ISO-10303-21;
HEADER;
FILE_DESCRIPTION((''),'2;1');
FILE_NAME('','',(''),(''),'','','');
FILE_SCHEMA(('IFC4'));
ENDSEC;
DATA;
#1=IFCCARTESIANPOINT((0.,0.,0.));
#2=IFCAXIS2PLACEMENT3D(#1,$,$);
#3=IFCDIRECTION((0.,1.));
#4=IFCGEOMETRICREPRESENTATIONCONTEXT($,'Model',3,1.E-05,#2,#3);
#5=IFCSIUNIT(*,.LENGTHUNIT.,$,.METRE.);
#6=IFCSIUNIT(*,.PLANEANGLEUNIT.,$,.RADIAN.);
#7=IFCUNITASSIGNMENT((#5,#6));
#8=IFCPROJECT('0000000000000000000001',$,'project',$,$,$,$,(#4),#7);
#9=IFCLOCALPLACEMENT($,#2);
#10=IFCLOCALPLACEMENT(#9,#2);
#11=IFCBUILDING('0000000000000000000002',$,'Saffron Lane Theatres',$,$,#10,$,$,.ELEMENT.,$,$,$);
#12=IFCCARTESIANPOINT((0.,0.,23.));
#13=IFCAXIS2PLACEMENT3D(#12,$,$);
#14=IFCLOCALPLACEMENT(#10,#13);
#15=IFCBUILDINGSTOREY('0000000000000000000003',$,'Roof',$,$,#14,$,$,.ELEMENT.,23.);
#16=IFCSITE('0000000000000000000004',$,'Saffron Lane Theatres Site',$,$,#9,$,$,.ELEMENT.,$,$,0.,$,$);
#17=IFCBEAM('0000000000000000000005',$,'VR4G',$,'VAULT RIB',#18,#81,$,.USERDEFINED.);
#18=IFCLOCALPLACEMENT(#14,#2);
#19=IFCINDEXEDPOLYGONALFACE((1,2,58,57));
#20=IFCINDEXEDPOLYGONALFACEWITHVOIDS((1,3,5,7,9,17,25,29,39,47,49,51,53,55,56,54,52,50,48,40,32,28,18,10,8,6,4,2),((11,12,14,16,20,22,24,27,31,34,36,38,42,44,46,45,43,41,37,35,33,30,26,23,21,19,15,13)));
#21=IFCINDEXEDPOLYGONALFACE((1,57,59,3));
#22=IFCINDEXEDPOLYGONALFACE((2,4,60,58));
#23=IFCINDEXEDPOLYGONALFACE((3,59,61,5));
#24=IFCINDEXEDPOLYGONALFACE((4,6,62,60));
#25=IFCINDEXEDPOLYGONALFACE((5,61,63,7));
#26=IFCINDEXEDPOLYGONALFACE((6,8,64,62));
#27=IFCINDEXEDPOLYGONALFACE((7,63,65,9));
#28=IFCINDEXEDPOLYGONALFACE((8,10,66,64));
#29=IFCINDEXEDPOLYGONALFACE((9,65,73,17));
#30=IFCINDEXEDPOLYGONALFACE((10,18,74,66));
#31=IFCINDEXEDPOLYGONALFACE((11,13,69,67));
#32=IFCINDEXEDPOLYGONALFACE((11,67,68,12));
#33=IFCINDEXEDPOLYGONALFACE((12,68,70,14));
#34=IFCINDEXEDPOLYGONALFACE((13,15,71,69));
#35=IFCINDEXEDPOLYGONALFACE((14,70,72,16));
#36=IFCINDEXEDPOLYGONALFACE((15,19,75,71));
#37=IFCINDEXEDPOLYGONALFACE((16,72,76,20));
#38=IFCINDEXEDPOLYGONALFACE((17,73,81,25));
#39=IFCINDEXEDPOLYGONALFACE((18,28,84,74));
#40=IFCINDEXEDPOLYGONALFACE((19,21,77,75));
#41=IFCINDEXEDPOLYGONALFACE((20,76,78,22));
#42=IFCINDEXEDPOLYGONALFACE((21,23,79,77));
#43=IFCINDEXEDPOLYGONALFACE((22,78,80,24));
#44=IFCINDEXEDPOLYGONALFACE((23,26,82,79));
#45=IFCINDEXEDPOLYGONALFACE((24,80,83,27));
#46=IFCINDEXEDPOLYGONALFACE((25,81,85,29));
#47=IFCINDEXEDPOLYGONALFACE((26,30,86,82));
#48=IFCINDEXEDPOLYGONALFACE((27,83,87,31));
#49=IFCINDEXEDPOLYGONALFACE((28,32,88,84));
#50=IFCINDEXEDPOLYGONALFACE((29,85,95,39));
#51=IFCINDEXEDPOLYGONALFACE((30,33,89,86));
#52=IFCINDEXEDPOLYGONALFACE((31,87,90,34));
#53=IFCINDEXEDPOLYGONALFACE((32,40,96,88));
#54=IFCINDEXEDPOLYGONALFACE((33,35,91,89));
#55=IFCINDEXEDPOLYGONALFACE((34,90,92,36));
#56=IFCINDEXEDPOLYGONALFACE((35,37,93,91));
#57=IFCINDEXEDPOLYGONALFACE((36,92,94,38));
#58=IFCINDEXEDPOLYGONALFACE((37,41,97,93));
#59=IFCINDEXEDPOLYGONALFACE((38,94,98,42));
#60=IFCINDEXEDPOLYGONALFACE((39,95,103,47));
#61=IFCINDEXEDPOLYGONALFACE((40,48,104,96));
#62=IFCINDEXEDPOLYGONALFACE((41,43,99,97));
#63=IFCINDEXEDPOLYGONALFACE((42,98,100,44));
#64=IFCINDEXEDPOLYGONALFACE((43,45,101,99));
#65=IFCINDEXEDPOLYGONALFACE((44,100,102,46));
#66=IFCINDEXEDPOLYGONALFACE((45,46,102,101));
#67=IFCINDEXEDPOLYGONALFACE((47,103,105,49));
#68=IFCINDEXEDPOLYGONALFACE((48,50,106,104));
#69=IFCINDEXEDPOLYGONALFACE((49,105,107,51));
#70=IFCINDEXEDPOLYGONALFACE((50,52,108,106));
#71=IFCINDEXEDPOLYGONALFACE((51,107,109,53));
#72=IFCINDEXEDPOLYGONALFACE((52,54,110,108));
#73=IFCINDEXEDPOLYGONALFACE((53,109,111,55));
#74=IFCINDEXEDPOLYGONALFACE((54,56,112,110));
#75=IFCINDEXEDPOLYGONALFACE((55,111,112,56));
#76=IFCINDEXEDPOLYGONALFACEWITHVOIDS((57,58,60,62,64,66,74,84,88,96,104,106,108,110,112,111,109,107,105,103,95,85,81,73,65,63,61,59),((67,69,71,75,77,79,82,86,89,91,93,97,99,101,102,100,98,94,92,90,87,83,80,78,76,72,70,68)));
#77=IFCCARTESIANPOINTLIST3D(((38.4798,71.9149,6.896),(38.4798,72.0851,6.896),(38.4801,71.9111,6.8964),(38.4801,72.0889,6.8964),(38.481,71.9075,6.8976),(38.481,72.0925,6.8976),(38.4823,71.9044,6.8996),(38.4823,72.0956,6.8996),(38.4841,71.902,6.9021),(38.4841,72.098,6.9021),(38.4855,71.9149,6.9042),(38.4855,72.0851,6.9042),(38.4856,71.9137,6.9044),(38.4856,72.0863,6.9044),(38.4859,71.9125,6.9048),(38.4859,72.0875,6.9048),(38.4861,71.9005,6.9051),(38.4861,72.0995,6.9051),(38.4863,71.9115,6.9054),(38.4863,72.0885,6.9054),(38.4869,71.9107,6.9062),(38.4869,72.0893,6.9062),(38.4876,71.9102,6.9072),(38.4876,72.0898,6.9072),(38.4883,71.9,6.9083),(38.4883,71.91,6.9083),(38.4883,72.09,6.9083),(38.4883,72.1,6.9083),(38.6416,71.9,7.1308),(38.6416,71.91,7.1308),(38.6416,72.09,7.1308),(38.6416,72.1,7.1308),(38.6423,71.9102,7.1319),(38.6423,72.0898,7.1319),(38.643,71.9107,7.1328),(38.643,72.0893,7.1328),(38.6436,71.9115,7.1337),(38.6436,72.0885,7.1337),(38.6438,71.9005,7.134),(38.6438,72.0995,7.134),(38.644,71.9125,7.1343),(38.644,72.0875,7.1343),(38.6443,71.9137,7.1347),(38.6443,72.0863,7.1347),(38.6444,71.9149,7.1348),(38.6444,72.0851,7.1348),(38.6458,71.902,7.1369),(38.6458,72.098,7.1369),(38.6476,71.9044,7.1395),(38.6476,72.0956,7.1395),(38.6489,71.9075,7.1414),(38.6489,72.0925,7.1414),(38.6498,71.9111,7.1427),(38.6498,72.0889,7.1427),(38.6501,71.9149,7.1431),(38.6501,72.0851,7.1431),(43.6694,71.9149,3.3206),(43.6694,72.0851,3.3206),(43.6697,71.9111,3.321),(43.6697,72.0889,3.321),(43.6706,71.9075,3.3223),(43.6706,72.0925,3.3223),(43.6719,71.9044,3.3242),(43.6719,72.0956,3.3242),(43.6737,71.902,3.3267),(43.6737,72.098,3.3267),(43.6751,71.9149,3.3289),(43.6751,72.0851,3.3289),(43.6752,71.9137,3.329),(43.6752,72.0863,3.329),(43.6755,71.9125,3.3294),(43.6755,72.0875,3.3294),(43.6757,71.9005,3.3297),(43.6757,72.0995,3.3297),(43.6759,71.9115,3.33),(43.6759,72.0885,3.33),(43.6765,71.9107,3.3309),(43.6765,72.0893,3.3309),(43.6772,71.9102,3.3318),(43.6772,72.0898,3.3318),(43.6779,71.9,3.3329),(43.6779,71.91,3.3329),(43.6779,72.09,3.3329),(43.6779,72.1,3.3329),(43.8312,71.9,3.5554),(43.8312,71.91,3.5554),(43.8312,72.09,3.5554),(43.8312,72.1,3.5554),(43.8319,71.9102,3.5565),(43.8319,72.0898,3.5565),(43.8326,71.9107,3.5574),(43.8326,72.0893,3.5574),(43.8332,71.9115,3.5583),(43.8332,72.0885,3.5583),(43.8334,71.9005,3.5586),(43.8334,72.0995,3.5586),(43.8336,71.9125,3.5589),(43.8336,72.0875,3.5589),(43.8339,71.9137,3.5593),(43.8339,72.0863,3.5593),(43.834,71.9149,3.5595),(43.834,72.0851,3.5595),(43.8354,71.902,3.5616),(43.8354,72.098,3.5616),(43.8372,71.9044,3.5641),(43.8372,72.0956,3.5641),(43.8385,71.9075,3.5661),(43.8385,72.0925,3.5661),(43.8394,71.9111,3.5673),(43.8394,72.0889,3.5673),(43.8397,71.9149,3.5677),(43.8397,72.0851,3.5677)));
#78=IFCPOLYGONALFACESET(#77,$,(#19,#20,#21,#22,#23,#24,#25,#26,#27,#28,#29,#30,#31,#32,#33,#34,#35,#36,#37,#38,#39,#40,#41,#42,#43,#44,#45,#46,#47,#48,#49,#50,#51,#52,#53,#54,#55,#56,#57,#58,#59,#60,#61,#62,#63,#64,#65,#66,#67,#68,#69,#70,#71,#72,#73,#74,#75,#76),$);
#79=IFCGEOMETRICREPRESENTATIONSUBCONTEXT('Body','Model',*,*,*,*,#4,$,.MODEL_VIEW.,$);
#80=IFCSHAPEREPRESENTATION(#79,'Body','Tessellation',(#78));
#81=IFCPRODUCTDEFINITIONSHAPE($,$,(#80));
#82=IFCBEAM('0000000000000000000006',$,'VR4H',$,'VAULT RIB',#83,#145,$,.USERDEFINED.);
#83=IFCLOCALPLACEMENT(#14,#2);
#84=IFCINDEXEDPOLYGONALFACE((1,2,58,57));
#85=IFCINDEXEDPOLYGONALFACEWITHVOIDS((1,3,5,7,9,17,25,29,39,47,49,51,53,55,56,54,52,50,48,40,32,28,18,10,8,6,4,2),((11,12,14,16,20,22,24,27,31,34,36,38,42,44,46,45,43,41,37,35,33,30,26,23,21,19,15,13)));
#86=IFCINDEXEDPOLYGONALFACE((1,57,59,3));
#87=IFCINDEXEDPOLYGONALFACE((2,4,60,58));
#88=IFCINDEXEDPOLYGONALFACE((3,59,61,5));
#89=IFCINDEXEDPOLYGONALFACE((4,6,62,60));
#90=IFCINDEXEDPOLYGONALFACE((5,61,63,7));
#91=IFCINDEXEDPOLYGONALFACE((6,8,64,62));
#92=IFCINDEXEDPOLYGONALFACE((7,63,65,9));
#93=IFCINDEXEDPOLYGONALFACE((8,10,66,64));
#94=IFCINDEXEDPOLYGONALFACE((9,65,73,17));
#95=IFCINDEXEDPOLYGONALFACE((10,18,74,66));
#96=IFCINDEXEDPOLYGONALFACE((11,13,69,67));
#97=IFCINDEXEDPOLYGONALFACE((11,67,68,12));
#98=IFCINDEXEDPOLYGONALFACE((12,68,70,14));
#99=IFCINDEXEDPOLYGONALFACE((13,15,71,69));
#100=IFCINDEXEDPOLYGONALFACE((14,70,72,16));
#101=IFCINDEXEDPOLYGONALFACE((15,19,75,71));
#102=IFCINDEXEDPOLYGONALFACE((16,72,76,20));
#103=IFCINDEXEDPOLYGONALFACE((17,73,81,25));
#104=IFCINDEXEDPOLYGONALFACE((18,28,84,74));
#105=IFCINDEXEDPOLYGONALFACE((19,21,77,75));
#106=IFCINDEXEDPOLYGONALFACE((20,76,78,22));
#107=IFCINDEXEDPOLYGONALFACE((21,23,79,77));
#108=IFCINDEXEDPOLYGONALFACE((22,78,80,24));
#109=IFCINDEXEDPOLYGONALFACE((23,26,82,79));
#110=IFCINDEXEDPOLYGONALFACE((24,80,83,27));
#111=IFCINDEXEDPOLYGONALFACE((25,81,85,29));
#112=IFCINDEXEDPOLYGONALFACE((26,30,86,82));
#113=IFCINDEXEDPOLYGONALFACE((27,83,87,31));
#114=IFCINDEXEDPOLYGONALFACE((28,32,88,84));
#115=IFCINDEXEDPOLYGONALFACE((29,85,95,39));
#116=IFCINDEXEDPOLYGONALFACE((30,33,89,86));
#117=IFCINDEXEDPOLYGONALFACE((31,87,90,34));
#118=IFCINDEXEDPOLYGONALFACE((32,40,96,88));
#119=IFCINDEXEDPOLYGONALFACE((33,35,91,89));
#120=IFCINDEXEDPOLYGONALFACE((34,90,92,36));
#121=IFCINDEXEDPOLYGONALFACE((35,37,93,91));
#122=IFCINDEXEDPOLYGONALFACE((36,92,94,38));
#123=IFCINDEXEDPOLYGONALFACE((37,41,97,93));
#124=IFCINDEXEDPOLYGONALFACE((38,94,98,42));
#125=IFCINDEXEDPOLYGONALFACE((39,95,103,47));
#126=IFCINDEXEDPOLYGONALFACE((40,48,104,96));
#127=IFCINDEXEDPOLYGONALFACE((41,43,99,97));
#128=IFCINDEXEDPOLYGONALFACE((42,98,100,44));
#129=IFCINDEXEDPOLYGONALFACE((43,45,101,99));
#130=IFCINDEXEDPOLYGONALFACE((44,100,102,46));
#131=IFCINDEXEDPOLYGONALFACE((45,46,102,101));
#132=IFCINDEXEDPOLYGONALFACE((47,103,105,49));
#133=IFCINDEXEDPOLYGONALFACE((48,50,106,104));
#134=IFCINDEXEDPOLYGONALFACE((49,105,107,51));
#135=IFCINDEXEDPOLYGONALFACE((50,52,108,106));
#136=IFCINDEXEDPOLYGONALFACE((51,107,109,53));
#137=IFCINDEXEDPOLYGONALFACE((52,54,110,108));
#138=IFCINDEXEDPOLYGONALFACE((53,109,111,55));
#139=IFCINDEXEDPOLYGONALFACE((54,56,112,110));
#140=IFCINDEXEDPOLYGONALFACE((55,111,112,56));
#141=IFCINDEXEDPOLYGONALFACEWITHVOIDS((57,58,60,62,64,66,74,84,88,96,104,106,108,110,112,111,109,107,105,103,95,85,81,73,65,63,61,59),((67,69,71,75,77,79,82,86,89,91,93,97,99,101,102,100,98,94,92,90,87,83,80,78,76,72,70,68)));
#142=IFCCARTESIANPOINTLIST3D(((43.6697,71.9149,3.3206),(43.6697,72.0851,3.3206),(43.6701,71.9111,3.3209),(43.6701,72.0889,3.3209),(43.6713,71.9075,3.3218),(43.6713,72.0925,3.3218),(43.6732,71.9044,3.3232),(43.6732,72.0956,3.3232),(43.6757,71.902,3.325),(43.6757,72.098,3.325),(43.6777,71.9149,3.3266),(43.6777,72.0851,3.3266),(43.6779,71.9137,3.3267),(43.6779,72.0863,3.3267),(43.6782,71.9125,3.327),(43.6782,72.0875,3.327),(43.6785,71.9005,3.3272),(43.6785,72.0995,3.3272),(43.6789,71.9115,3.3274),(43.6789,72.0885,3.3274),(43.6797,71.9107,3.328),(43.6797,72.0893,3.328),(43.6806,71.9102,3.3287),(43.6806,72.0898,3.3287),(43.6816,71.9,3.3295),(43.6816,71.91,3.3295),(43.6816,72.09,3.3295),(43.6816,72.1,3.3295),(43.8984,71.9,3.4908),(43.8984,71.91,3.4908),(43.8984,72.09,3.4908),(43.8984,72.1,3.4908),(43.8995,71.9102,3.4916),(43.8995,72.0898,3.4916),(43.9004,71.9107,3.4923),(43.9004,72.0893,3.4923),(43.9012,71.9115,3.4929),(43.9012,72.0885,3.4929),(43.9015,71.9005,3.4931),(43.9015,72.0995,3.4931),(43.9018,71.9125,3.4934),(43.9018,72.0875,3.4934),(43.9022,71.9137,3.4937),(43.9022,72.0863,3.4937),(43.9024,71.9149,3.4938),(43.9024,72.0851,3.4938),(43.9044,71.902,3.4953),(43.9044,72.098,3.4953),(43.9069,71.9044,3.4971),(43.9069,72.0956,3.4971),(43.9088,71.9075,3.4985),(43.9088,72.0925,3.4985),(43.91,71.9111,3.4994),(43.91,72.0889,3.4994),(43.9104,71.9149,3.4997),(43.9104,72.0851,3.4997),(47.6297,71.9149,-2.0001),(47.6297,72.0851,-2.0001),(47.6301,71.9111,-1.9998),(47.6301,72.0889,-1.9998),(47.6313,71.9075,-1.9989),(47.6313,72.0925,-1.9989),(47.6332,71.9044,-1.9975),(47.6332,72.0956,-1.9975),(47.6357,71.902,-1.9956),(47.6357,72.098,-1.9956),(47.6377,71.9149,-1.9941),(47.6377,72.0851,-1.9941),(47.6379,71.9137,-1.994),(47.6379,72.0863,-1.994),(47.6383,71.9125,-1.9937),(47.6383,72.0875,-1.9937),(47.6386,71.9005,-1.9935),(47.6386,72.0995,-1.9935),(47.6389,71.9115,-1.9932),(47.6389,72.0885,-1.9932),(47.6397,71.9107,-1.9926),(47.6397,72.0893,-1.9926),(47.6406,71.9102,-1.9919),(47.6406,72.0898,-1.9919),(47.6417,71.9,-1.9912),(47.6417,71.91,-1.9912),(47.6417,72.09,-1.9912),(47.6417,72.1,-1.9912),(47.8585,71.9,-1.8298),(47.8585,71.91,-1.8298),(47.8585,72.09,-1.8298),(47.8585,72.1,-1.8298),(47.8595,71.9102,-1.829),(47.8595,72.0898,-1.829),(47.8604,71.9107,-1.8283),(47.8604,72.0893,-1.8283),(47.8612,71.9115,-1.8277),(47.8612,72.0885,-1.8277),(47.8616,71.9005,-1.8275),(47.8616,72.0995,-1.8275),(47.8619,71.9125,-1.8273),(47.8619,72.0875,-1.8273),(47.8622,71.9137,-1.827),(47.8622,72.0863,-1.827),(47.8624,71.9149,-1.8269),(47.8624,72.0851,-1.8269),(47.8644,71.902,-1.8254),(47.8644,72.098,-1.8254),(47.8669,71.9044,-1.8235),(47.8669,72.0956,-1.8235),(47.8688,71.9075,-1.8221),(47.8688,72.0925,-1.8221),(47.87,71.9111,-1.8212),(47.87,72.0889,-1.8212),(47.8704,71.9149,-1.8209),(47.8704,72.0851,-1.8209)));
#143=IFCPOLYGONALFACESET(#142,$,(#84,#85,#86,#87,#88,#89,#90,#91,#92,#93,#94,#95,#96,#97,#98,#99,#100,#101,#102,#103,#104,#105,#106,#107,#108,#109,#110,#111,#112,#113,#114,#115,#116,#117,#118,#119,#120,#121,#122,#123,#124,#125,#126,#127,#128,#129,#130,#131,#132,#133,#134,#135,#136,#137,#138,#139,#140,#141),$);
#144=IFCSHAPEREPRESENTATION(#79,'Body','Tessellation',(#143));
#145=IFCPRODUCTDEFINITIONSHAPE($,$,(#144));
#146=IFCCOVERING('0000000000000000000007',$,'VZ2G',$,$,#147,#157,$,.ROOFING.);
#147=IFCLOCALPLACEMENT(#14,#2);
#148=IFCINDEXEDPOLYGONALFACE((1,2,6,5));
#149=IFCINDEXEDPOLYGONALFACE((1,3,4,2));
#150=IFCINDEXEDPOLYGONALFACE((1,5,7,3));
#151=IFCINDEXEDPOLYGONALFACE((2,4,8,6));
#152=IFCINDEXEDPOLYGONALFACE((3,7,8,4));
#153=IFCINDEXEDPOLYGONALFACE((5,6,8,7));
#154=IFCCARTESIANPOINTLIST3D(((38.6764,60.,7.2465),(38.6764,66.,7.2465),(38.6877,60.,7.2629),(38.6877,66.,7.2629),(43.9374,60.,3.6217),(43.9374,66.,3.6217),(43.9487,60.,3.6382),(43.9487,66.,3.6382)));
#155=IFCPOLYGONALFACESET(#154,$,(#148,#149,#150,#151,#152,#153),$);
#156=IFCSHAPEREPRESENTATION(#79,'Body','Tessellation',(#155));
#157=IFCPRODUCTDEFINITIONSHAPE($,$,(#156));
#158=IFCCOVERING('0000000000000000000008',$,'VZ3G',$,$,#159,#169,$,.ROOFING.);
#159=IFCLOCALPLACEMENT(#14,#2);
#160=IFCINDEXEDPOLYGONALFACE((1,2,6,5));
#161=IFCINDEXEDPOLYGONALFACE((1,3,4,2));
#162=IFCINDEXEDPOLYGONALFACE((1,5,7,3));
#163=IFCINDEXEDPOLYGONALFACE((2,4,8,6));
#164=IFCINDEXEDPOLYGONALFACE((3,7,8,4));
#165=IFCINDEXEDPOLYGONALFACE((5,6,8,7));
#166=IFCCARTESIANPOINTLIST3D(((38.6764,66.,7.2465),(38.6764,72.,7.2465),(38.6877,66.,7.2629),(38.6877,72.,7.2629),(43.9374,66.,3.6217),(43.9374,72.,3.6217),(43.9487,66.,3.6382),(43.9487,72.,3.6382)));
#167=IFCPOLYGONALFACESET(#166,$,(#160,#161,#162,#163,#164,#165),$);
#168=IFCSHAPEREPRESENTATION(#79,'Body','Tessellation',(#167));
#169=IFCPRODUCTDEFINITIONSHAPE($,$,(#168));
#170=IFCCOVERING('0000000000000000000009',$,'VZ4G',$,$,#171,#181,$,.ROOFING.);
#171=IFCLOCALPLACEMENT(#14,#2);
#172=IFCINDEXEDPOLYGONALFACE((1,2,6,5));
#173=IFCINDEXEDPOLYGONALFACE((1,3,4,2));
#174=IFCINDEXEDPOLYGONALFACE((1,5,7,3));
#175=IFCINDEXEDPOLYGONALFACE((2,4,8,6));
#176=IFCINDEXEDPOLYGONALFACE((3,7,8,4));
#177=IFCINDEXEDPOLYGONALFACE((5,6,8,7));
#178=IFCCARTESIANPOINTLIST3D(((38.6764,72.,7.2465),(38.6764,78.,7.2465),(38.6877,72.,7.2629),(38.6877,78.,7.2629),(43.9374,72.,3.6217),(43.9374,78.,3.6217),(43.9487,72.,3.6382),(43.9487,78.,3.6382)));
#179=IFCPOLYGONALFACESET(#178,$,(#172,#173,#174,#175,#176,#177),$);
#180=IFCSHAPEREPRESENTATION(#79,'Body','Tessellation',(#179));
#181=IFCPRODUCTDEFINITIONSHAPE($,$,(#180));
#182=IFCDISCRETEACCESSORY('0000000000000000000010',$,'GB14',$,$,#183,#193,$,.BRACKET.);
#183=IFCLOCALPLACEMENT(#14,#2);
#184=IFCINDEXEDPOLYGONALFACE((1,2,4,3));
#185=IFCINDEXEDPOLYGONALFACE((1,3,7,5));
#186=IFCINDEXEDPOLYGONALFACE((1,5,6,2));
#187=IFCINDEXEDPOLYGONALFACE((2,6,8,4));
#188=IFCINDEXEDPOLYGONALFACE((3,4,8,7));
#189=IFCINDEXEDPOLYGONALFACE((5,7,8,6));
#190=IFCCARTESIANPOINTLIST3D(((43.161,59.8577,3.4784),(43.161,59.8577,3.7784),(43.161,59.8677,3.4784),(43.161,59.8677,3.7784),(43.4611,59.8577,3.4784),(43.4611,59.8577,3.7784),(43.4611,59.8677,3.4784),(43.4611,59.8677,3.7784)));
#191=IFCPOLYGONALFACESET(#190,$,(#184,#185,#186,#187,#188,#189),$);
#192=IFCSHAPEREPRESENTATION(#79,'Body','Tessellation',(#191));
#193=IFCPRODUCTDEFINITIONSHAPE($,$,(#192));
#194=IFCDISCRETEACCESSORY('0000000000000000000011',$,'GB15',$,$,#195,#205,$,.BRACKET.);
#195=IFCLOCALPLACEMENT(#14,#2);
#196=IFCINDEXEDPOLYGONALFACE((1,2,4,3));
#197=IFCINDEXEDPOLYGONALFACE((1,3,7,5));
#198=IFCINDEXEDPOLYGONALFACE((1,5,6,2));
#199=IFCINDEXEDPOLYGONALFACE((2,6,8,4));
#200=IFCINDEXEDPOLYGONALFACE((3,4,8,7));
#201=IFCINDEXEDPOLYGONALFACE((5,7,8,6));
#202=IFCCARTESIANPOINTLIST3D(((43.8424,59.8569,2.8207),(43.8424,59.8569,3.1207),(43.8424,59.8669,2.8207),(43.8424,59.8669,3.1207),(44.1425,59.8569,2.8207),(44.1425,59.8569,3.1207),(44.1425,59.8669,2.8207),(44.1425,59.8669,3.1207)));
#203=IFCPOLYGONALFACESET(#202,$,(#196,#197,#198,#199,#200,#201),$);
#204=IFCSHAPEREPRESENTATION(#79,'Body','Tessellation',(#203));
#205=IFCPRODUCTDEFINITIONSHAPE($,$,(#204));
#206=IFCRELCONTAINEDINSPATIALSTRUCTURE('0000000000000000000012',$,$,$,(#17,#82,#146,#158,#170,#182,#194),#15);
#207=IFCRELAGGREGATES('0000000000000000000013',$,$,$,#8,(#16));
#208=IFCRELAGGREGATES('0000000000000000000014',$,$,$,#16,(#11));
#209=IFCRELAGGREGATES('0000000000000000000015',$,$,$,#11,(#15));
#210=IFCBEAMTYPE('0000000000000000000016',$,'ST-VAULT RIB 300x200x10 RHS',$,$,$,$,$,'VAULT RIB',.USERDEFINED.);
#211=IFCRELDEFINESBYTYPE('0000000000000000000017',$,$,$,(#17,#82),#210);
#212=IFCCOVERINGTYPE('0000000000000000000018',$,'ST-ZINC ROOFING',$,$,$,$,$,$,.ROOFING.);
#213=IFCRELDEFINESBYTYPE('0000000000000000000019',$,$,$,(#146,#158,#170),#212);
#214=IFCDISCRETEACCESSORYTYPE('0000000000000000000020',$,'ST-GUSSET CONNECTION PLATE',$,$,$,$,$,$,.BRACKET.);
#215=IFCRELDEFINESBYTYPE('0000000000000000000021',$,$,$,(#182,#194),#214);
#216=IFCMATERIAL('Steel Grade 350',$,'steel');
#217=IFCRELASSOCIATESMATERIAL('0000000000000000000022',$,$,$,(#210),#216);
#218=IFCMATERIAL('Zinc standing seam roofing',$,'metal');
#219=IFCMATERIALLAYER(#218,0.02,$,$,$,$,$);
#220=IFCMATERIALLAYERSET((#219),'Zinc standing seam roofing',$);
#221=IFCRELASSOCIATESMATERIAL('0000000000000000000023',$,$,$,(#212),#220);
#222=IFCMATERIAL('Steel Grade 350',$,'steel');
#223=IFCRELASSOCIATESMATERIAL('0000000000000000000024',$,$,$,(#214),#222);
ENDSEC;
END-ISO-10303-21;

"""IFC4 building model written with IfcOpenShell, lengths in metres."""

from ifc_helpers import new_model, si_unit, direction, frame, origin, origin_2d, place, context, subcontext, project, spatial, polyline, rectangle, hollow_rectangle, outline, extrude, material, layer, layer_set, material_profile, profile_set, type_object, element, save


model = new_model("IFC4")

# Units and contexts
model_context = context("Model", 3, precision=1e-05, world=origin(), true_north=direction((0.0, 1.0)))
body_context = subcontext(model_context, "Body", "Model", "MODEL_VIEW")
ifc_project = project(units=[si_unit("LENGTHUNIT", "METRE"), si_unit("PLANEANGLEUNIT", "RADIAN")], contexts=[model_context])

# Site, building, storey
site_placement = place(None, origin())
site = spatial("IfcSite", under=ifc_project, at=site_placement, Name="Saffron Lane Theatres Site", CompositionType="ELEMENT", RefElevation=0.0)
building_placement = place(site_placement, origin())
building = spatial("IfcBuilding", under=site, at=building_placement, Name="Saffron Lane Theatres", CompositionType="ELEMENT")
storey_placement = place(building_placement, frame((0.0, 0.0, 23.0)))
storey = spatial("IfcBuildingStorey", under=building, at=storey_placement, Name="Roof", CompositionType="ELEMENT", Elevation=23.0)

# Beams
ifc_material_1 = material(Name="Steel Grade 350", Category="steel")
ifc_material_profile_1 = material_profile(ifc_material_1, hollow_rectangle(XDim=0.2, YDim=0.3, WallThickness=0.01, InnerFilletRadius=0.0049, OuterFilletRadius=0.0149, at=origin_2d()))
ifc_profile_set_1 = profile_set([ifc_material_profile_1], Name="Steel Grade 350")
beam_type = type_object("IfcBeamType", Name="ST-VAULT RIB 300x200x10 RHS", ElementType="VAULT RIB", PredefinedType="USERDEFINED", material=ifc_profile_set_1)
beam_1_placement = place(storey_placement, frame((38.5649, 72.0, 7.0195), z_axis=(0.823484, 0.0, -0.567339), x_axis=(0.0, 1.0, 0.0)))
element("IfcBeam", 1, at=beam_1_placement, inside=storey, type_object=beam_type, Name="VR4G", ObjectType="VAULT RIB", PredefinedType="USERDEFINED", context=body_context, shape_type="SweptSolid", body=[
    extrude(hollow_rectangle(XDim=0.2, YDim=0.3, WallThickness=0.01, InnerFilletRadius=0.0049, OuterFilletRadius=0.0149, at=origin_2d()), origin(), (0.0, 0.0, 1.0), 6.302),
])
beam_2_placement = place(storey_placement, frame((43.79, 72.0, 3.4102), z_axis=(0.597057, 0.0, -0.802199), x_axis=(0.0, 1.0, 0.0)))
element("IfcBeam", 2, at=beam_2_placement, inside=storey, type_object=beam_type, Name="VR4H", ObjectType="VAULT RIB", PredefinedType="USERDEFINED", context=body_context, shape_type="SweptSolid", body=[
    extrude(hollow_rectangle(XDim=0.2, YDim=0.3, WallThickness=0.01, InnerFilletRadius=0.0049, OuterFilletRadius=0.0149, at=origin_2d()), origin(), (0.0, 0.0, 1.0), 6.6326),
])

# Coverings
ifc_material_2 = material(Name="Zinc standing seam roofing", Category="metal")
ifc_layer = layer(ifc_material_2, 0.02)
ifc_layer_set = layer_set([ifc_layer], Name="Zinc standing seam roofing")
covering_type = type_object("IfcCoveringType", Name="ST-ZINC ROOFING", PredefinedType="ROOFING", material=ifc_layer_set)
for number, where, z_axis, x_axis, name in (
    (3, (38.6877, 60.0, 7.2629), (0.567361, 0.0, 0.82347), (0.82347, 0.0, -0.567361), "VZ2G"),
    (4, (38.6877, 66.0, 7.2629), (0.567361, 0.0, 0.82347), (0.82347, 0.0, -0.567361), "VZ3G"),
    (5, (38.6877, 72.0, 7.2629), (0.567361, 0.0, 0.82347), (0.82347, 0.0, -0.567361), "VZ4G"),
):
    element("IfcCovering", number, at=place(storey_placement, frame(where, z_axis=z_axis, x_axis=x_axis)), inside=storey, type_object=covering_type, Name=name, PredefinedType="ROOFING", context=body_context, shape_type="SweptSolid", body=[
        extrude(outline(polyline([(0.0, 0.0), (6.3888, 0.0), (6.3888, 6.0), (0.0, 6.0), (0.0, 0.0)])), origin(), (0.0, 0.0, -1.0), 0.02),
    ])

# Discrete accessories
ifc_material_3 = material(Name="Steel Grade 350", Category="steel")
ifc_material_profile_2 = material_profile(ifc_material_3, rectangle(XDim=0.3, YDim=0.3, at=origin_2d()))
ifc_profile_set_2 = profile_set([ifc_material_profile_2], Name="Steel Grade 350")
discrete_accessory_type = type_object("IfcDiscreteAccessoryType", Name="ST-GUSSET CONNECTION PLATE", PredefinedType="BRACKET", material=ifc_profile_set_2)
for number, where, z_axis, x_axis, name in (
    (6, (43.311, 59.8677, 3.6284), (0.0, -1.0, 0.0), (1.0, 0.0, 0.0), "GB14"),
    (7, (43.9924, 59.8669, 2.9707), (0.0, -1.0, 0.0), (1.0, 0.0, 0.0), "GB15"),
):
    element("IfcDiscreteAccessory", number, at=place(storey_placement, frame(where, z_axis=z_axis, x_axis=x_axis)), inside=storey, type_object=discrete_accessory_type, Name=name, PredefinedType="BRACKET", context=body_context, shape_type="SweptSolid", body=[
        extrude(rectangle(XDim=0.3, YDim=0.3, at=origin_2d()), origin(), (0.0, 0.0, 1.0), 0.01),
    ])

save(model, "model.ifc")
